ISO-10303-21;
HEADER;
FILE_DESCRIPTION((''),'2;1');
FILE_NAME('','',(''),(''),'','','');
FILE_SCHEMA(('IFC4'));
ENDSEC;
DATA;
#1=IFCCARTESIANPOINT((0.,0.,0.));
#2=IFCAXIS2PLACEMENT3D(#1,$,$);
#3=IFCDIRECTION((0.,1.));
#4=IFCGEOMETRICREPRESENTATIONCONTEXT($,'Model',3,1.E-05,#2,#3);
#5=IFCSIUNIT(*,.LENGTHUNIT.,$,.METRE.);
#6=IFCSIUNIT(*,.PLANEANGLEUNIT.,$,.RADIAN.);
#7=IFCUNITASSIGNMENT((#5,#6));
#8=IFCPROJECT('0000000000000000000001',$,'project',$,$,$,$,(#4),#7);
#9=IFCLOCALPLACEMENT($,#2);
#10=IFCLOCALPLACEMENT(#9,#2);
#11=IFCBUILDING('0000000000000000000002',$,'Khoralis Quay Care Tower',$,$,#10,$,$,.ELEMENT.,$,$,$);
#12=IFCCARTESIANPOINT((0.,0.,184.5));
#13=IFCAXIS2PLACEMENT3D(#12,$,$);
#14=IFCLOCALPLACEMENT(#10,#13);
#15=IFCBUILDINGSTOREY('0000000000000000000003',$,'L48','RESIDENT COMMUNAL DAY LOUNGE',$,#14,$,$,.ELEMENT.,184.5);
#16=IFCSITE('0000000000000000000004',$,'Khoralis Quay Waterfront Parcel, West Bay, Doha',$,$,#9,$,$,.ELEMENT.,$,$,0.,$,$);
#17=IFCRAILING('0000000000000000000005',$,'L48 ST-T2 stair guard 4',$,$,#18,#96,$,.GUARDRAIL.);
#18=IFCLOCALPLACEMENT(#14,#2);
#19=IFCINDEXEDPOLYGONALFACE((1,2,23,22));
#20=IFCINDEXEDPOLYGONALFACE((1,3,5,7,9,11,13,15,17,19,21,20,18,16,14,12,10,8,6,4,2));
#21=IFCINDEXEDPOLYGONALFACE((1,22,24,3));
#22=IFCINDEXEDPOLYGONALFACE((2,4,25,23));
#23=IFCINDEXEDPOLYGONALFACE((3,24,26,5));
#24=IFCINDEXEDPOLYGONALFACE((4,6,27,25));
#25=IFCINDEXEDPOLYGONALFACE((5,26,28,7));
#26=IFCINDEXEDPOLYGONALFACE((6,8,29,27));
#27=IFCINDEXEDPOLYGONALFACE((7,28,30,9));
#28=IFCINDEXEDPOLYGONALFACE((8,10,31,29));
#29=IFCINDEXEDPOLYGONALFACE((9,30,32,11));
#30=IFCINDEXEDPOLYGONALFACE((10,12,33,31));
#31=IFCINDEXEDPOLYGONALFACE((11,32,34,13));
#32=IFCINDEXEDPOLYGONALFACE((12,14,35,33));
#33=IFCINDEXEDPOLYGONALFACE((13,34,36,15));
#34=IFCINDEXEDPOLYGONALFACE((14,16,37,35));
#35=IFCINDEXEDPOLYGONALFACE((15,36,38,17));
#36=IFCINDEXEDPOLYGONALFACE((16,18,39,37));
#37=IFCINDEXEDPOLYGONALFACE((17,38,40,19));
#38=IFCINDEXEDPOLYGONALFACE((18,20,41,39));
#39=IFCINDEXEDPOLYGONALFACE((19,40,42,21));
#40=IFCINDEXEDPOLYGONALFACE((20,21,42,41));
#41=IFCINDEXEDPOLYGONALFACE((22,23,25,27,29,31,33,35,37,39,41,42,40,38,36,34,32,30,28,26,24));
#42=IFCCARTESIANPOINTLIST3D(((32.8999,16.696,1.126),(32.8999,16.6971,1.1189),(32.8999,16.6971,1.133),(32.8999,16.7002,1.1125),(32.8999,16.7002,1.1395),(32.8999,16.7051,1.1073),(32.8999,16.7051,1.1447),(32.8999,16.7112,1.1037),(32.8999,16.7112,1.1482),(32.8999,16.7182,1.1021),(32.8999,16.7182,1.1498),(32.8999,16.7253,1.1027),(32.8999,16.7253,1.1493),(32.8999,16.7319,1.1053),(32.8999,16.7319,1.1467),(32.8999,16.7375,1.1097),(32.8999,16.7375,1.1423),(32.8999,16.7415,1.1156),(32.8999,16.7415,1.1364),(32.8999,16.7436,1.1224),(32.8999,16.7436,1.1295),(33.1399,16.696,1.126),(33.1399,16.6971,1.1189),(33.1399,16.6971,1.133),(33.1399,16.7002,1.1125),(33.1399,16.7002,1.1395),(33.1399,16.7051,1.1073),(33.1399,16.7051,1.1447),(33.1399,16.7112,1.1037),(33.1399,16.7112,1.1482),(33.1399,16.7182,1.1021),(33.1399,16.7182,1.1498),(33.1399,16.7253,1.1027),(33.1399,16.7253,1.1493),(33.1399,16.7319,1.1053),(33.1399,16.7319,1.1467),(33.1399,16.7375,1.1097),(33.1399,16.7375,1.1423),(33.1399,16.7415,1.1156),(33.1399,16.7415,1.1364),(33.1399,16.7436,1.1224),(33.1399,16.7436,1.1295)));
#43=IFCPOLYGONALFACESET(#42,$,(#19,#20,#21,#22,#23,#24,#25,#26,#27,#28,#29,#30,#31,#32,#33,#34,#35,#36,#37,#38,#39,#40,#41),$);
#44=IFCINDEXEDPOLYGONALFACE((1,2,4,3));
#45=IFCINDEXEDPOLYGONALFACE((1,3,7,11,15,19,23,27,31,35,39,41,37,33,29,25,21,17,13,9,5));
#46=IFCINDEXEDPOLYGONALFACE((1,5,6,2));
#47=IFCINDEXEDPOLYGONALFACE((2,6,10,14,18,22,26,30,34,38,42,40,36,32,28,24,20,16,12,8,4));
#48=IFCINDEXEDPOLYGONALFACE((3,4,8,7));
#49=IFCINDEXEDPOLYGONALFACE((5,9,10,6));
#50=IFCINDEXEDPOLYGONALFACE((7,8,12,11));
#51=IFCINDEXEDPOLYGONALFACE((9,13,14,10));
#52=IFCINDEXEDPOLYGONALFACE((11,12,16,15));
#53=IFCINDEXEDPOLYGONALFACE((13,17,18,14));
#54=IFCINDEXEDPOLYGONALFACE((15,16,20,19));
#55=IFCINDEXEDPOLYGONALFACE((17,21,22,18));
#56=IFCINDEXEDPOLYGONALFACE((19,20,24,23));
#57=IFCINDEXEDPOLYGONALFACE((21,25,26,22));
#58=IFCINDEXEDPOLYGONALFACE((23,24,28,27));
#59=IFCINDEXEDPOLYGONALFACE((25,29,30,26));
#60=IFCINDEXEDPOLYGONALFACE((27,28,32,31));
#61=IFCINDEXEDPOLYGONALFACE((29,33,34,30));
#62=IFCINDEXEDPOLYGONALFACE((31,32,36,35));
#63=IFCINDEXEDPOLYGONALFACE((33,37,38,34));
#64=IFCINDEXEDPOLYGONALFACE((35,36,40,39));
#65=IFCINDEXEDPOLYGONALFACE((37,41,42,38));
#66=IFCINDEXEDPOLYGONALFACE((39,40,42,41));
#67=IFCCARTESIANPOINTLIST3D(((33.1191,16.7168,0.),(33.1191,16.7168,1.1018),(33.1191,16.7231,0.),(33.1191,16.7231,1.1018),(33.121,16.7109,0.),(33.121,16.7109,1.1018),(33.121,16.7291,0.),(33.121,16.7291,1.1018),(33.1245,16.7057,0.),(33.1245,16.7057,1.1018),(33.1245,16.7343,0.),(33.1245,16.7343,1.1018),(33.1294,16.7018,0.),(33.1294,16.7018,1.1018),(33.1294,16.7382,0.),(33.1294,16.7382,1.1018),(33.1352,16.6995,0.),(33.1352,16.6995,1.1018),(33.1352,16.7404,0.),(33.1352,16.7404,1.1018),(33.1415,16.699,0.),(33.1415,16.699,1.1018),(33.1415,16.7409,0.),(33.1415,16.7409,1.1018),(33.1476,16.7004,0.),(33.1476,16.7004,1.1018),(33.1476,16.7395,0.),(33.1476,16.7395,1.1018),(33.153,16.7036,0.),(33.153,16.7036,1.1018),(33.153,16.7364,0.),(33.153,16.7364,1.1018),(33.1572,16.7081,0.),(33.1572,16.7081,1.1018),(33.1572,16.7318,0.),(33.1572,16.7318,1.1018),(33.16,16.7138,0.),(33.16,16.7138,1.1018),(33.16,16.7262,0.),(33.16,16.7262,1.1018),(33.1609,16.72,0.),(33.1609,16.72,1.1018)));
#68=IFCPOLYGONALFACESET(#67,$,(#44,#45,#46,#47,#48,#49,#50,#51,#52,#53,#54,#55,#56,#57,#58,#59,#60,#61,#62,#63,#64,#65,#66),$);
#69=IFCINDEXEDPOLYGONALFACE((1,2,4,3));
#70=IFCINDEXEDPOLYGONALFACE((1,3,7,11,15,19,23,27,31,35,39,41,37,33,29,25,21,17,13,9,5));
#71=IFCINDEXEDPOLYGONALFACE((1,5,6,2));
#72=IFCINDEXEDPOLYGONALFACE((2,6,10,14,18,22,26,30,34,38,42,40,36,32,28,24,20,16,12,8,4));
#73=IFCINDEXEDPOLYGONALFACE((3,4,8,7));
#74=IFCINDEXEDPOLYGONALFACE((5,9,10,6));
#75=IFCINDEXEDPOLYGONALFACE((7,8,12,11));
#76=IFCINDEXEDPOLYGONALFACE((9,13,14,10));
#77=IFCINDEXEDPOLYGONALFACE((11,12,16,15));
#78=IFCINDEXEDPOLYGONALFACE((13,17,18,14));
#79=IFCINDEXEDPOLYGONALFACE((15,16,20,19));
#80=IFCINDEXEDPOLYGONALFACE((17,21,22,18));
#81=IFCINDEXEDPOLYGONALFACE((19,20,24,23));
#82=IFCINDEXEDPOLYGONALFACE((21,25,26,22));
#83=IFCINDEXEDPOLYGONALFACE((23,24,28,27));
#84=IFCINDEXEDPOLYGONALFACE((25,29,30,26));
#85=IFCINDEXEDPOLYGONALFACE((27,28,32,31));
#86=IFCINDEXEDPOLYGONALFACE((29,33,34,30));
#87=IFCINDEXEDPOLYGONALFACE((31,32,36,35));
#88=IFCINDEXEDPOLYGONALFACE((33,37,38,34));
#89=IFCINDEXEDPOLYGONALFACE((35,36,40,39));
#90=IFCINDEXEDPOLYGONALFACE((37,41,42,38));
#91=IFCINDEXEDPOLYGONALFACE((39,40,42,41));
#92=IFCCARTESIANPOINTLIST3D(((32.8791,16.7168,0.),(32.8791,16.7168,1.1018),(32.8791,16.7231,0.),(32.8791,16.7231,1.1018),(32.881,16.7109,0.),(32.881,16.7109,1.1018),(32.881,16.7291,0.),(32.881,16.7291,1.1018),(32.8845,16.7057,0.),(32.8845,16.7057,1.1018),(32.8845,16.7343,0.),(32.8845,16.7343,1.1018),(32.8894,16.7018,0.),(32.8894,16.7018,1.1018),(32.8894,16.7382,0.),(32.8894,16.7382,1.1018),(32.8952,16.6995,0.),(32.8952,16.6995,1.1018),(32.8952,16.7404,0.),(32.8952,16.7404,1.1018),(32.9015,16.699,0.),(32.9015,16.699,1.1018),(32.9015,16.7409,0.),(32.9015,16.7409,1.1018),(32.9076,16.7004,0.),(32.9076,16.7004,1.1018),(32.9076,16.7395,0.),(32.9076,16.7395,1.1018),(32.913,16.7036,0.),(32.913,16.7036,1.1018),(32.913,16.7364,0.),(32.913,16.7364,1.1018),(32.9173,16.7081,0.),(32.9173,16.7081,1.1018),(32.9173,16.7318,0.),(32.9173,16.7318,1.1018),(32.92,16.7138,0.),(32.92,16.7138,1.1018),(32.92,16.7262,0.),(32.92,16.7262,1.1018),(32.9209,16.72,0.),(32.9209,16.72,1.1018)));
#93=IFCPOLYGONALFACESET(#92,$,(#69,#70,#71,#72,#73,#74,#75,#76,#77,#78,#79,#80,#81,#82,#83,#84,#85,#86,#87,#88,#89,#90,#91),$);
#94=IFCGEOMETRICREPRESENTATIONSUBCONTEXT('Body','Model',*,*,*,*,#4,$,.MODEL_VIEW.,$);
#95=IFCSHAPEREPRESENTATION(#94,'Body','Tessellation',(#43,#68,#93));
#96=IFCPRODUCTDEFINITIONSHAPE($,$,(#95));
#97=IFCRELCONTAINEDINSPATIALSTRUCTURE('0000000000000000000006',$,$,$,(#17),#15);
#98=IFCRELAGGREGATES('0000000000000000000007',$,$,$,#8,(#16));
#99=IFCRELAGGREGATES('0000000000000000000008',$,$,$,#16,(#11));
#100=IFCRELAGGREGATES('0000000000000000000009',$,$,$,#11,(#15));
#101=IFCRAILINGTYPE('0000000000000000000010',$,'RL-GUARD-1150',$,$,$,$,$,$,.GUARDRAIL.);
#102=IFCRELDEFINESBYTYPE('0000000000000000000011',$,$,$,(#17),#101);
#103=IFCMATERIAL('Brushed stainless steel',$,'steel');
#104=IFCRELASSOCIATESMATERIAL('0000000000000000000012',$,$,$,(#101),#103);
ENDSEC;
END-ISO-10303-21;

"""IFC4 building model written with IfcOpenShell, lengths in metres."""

from ifc_helpers import new_model, si_unit, direction, frame, origin, origin_2d, place, context, subcontext, project, spatial, circle, extrude, material, type_object, element, save


model = new_model("IFC4")

# Units and contexts
model_context = context("Model", 3, precision=1e-05, world=origin(), true_north=direction((0.0, 1.0)))
body_context = subcontext(model_context, "Body", "Model", "MODEL_VIEW")
ifc_project = project(units=[si_unit("LENGTHUNIT", "METRE"), si_unit("PLANEANGLEUNIT", "RADIAN")], contexts=[model_context])

# Site, building, storey
site_placement = place(None, origin())
site = spatial("IfcSite", under=ifc_project, at=site_placement, Name="Khoralis Quay Waterfront Parcel, West Bay, Doha", CompositionType="ELEMENT", RefElevation=0.0)
building_placement = place(site_placement, origin())
building = spatial("IfcBuilding", under=site, at=building_placement, Name="Khoralis Quay Care Tower", CompositionType="ELEMENT")
storey_placement = place(building_placement, frame((0.0, 0.0, 184.5)))
storey = spatial("IfcBuildingStorey", under=building, at=storey_placement, Name="L48", Description="RESIDENT COMMUNAL DAY LOUNGE", CompositionType="ELEMENT", Elevation=184.5)

# Shared definitions
ifc_material_1 = material(Name="Brushed stainless steel", Category="steel")

# Railing
railing_type_1 = type_object("IfcRailingType", Name="RL-GUARD-1150", PredefinedType="GUARDRAIL", material=ifc_material_1)
railing_1_placement = place(storey_placement, frame((33.1399, 16.72, 0.0)))
element("IfcRailing", 1, at=railing_1_placement, inside=storey, type_object=railing_type_1, Name="L48 ST-T2 stair guard 4", PredefinedType="GUARDRAIL", context=body_context, shape_type="SweptSolid", body=[
    extrude(circle(Radius=0.0239, at=origin_2d()), frame((0.0, 0.0, 1.126), z_axis=(-1.0, 0.0, 0.0), x_axis=(0.0, -1.0, 0.0)), (0.0, 0.0, 1.0), 0.24),
    extrude(circle(Radius=0.021, at=origin_2d()), origin(), (0.0, 0.0, 1.0), 1.1018),
    extrude(circle(Radius=0.021, at=origin_2d()), frame((-0.24, 0.0, 0.0)), (0.0, 0.0, 1.0), 1.1018),
])

save(model, "model.ifc")
